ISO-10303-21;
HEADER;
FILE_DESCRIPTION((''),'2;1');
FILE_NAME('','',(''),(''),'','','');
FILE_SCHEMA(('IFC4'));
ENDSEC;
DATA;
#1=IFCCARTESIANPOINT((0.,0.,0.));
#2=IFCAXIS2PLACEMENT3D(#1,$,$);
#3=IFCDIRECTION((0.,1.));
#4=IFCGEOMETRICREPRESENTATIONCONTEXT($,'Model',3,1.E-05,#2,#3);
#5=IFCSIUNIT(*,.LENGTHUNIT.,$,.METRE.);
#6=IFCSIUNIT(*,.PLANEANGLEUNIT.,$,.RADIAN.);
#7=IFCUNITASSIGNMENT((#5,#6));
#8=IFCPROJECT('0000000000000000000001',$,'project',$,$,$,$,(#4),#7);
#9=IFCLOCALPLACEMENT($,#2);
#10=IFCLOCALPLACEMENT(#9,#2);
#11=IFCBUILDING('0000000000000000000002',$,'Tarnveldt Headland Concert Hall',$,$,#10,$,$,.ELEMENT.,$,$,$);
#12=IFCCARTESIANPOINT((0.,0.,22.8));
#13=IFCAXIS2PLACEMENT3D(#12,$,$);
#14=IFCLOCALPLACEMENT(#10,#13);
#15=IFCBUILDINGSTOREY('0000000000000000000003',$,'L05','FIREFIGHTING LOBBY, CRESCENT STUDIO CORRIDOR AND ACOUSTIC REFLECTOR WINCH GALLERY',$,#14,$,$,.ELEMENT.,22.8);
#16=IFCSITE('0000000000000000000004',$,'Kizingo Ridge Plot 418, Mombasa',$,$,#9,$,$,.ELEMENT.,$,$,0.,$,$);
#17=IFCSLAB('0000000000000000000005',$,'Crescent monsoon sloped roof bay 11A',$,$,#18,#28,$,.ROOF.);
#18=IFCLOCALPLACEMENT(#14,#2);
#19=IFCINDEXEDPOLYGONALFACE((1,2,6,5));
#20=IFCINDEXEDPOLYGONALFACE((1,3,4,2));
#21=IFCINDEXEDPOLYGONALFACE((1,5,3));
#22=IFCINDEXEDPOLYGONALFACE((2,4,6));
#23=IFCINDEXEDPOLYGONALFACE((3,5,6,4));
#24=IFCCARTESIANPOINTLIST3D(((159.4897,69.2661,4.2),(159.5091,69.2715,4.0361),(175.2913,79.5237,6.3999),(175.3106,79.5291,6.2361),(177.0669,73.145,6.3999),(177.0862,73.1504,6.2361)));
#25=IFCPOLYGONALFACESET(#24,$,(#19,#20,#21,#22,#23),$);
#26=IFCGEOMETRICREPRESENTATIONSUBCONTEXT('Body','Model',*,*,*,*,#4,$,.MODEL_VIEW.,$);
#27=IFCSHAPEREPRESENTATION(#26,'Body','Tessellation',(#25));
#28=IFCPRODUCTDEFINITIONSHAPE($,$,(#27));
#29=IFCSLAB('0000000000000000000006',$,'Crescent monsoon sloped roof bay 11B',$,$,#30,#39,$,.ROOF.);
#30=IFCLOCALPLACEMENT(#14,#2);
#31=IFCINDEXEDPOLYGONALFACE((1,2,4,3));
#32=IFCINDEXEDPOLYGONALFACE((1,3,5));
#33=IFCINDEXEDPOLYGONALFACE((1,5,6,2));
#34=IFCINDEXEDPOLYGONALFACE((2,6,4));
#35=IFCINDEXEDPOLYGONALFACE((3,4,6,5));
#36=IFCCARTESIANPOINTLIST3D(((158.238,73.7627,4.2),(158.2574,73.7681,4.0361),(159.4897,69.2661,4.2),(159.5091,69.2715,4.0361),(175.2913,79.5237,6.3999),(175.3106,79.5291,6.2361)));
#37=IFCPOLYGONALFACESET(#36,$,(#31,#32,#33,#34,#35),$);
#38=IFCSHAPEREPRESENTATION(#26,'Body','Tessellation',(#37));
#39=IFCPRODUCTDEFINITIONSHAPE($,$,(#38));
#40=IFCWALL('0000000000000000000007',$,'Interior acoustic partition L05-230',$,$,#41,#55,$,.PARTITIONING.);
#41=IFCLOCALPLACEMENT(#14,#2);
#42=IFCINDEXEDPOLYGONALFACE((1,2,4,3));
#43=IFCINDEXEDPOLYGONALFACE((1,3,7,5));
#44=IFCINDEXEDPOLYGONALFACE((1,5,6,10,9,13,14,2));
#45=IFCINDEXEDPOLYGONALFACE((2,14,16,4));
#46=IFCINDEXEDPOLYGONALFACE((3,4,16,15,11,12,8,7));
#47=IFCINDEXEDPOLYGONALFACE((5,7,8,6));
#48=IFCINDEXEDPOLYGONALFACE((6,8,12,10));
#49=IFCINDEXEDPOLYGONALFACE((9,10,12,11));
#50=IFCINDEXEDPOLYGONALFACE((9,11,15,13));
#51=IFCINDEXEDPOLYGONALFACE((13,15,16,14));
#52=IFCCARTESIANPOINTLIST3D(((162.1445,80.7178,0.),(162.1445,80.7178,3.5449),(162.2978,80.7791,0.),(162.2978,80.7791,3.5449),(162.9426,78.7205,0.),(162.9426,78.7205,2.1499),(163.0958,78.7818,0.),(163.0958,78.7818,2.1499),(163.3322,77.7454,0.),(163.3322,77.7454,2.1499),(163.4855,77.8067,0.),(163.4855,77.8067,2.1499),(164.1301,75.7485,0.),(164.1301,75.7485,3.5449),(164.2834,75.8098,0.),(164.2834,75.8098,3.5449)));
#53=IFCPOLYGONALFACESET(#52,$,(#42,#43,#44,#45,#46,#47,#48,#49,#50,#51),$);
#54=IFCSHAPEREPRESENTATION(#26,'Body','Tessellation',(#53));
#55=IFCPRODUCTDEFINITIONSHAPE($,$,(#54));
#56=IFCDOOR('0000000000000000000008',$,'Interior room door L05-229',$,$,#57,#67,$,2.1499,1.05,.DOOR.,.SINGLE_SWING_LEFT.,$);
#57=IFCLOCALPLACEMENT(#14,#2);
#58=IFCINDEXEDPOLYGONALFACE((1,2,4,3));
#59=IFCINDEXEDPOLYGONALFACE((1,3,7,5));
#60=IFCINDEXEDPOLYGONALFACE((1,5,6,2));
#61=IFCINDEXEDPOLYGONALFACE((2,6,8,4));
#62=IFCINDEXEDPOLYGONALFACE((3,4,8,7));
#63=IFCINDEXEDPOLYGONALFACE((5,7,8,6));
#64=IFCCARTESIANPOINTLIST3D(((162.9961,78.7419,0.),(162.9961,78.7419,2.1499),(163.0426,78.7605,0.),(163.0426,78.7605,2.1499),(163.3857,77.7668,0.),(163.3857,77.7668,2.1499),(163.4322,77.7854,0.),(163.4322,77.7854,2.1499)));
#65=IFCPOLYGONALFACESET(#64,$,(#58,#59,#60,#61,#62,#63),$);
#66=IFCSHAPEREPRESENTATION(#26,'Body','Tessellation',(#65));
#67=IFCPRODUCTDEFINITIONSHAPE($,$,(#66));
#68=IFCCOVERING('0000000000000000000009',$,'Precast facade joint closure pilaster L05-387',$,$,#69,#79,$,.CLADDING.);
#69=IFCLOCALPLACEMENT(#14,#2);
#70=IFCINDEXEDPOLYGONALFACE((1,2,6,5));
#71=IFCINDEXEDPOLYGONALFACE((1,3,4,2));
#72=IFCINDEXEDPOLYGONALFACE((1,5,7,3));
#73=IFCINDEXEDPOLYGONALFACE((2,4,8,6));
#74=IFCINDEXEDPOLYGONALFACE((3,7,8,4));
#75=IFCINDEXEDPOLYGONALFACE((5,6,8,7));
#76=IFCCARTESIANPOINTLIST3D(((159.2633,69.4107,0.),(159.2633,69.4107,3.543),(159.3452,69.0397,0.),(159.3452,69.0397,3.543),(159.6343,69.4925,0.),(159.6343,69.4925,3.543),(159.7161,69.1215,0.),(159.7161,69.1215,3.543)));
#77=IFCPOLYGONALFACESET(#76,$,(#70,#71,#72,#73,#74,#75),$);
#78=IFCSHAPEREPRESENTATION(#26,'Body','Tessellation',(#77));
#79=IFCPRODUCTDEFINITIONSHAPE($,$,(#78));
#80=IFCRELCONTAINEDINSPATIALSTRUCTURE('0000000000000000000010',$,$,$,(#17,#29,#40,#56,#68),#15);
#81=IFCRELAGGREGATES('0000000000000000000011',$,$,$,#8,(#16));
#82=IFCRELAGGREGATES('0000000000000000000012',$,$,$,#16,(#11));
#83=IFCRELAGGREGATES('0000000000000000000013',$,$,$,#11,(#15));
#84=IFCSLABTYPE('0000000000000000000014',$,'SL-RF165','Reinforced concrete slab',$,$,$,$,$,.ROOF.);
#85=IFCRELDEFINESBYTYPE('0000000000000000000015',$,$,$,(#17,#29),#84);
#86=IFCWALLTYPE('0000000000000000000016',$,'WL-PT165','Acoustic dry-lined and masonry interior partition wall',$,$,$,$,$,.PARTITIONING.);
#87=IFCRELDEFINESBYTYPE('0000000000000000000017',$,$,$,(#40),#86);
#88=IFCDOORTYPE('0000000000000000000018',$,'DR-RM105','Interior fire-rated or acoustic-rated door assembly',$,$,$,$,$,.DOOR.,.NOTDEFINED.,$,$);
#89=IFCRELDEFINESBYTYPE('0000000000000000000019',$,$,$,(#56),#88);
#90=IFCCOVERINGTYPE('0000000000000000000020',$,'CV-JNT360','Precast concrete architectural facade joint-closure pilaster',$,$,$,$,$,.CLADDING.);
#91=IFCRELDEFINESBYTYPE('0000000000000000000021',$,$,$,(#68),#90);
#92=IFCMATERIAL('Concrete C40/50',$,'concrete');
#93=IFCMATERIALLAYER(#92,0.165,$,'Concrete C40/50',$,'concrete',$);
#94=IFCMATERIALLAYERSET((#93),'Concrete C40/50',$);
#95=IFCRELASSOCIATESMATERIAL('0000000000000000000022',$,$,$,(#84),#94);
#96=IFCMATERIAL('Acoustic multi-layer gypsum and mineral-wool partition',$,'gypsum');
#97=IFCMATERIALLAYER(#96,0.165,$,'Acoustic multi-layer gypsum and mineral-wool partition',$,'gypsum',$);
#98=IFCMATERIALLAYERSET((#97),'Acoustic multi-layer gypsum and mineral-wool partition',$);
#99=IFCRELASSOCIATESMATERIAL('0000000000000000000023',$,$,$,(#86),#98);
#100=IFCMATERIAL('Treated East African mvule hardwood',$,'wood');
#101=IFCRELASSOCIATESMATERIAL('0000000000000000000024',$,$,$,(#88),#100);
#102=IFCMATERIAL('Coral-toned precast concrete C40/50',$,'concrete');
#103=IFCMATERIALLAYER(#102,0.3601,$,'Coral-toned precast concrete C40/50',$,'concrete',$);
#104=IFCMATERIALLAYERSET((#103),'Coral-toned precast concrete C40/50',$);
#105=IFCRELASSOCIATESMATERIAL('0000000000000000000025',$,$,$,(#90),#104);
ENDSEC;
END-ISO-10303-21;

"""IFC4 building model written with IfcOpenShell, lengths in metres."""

from ifc_helpers import new_model, si_unit, direction, frame, frame_2d, origin, origin_2d, place, context, subcontext, project, spatial, polyline, rectangle, outline, extrude, material, layer, layer_set, type_object, element, fill, save


model = new_model("IFC4")

# Units and contexts
model_context = context("Model", 3, precision=1e-05, world=origin(), true_north=direction((0.0, 1.0)))
body_context = subcontext(model_context, "Body", "Model", "MODEL_VIEW")
ifc_project = project(units=[si_unit("LENGTHUNIT", "METRE"), si_unit("PLANEANGLEUNIT", "RADIAN")], contexts=[model_context])

# Site, building, storey
site_placement = place(None, origin())
site = spatial("IfcSite", under=ifc_project, at=site_placement, Name="Kizingo Ridge Plot 418, Mombasa", CompositionType="ELEMENT", RefElevation=0.0)
building_placement = place(site_placement, origin())
building = spatial("IfcBuilding", under=site, at=building_placement, Name="Tarnveldt Headland Concert Hall", CompositionType="ELEMENT")
storey_placement = place(building_placement, frame((0.0, 0.0, 22.8)))
storey = spatial("IfcBuildingStorey", under=building, at=storey_placement, Name="L05", Description="FIREFIGHTING LOBBY, CRESCENT STUDIO CORRIDOR AND ACOUSTIC REFLECTOR WINCH GALLERY", CompositionType="ELEMENT", Elevation=22.8)

# Slabs
ifc_material_1 = material(Name="Concrete C40/50", Category="concrete")
ifc_layer_1 = layer(ifc_material_1, 0.165, Name="Concrete C40/50", Category="concrete")
ifc_layer_set_1 = layer_set([ifc_layer_1], Name="Concrete C40/50")
slab_type = type_object("IfcSlabType", Name="SL-RF165", Description="Reinforced concrete slab", PredefinedType="ROOF", material=ifc_layer_set_1)
slab_1_placement = place(storey_placement, frame((159.4897, 69.2661, 4.2), z_axis=(-0.117043, -0.032581, 0.992592), x_axis=(0.969293, 0.213902, 0.121316)))
element("IfcSlab", 1, at=slab_1_placement, inside=storey, type_object=slab_type, Name="Crescent monsoon sloped roof bay 11A", PredefinedType="ROOF", context=body_context, shape_type="SweptSolid", body=[
    extrude(outline(polyline([(0.0, 0.0), (18.134, 0.0), (17.7773, 6.6116), (0.0, 0.0)])), origin(), (0.0, 0.0, -1.0), 0.165),
])
slab_2_placement = place(storey_placement, frame((159.4897, 69.2661, 4.2), z_axis=(-0.117043, -0.032581, 0.992592), x_axis=(0.833108, 0.540813, 0.115989)))
element("IfcSlab", 2, at=slab_2_placement, inside=storey, type_object=slab_type, Name="Crescent monsoon sloped roof bay 11B", PredefinedType="ROOF", context=body_context, shape_type="SweptSolid", body=[
    extrude(outline(polyline([(0.0, 0.0), (18.967, 0.0), (1.389, 4.4561), (0.0, 0.0)])), origin(), (0.0, 0.0, -1.0), 0.165),
])

# Wall, opening, door
ifc_material_2 = material(Name="Acoustic multi-layer gypsum and mineral-wool partition", Category="gypsum")
ifc_layer_2 = layer(ifc_material_2, 0.165, Name="Acoustic multi-layer gypsum and mineral-wool partition", Category="gypsum")
ifc_layer_set_2 = layer_set([ifc_layer_2], Name="Acoustic multi-layer gypsum and mineral-wool partition")
wall_type = type_object("IfcWallType", Name="WL-PT165", Description="Acoustic dry-lined and masonry interior partition wall", PredefinedType="PARTITIONING", material=ifc_layer_set_2)
wall_placement = place(storey_placement, frame((164.2068, 75.7791, 0.0), z_axis=(0.0, 0.0, 1.0), x_axis=(-0.371052, 0.928612, 0.0)))
wall = element("IfcWall", 3, at=wall_placement, inside=storey, type_object=wall_type, Name="Interior acoustic partition L05-230", PredefinedType="PARTITIONING", context=body_context, shape_type="SweptSolid", body=[
    extrude(rectangle(XDim=5.3513, YDim=0.165, at=frame_2d((2.6758, 0.0))), origin(), (0.0, 0.0, 1.0), 3.5449),
])
opening_placement = place(wall_placement, frame((2.1506, 0.0, 0.0)))
opening = element("IfcOpeningElement", 4, at=opening_placement, cuts=wall, PredefinedType="OPENING", context=body_context, shape_type="SweptSolid", body=[
    extrude(rectangle(XDim=1.05, YDim=2.1499, at=frame_2d((0.5249, 1.075))), frame((0.0, 0.0925, 0.0), z_axis=(0.0, -1.0, 0.0), x_axis=(1.0, 0.0, 0.0)), (0.0, 0.0, 1.0), 0.1851),
])
ifc_material_3 = material(Name="Treated East African mvule hardwood", Category="wood")
door_type = type_object("IfcDoorType", Name="DR-RM105", Description="Interior fire-rated or acoustic-rated door assembly", OperationType="NOTDEFINED", PredefinedType="DOOR", material=ifc_material_3)
door_placement = place(opening_placement, origin())
door = element("IfcDoor", 5, at=door_placement, inside=storey, type_object=door_type, Name="Interior room door L05-229", OperationType="SINGLE_SWING_LEFT", OverallHeight=2.1499, OverallWidth=1.05, PredefinedType="DOOR", context=body_context, shape_type="SweptSolid", body=[
    extrude(rectangle(XDim=1.05, YDim=2.1499, at=frame_2d((0.5249, 1.075))), frame((0.0, 0.0249, 0.0), z_axis=(0.0, -1.0, 0.0), x_axis=(1.0, 0.0, 0.0)), (0.0, 0.0, 1.0), 0.05),
])
fill(opening, door)

# Covering
ifc_material_4 = material(Name="Coral-toned precast concrete C40/50", Category="concrete")
ifc_layer_3 = layer(ifc_material_4, 0.3601, Name="Coral-toned precast concrete C40/50", Category="concrete")
ifc_layer_set_3 = layer_set([ifc_layer_3], Name="Coral-toned precast concrete C40/50")
covering_type = type_object("IfcCoveringType", Name="CV-JNT360", Description="Precast concrete architectural facade joint-closure pilaster", PredefinedType="CLADDING", material=ifc_layer_set_3)
covering_placement = place(storey_placement, frame((159.4897, 69.2661, 0.0), z_axis=(0.0, 0.0, 1.0), x_axis=(-0.976522, -0.215417, 0.0)))
element("IfcCovering", 6, at=covering_placement, inside=storey, type_object=covering_type, Name="Precast facade joint closure pilaster L05-387", PredefinedType="CLADDING", context=body_context, shape_type="SweptSolid", body=[
    extrude(rectangle(XDim=0.3799, YDim=0.3799, at=origin_2d()), origin(), (0.0, 0.0, 1.0), 3.543),
])

save(model, "model.ifc")
